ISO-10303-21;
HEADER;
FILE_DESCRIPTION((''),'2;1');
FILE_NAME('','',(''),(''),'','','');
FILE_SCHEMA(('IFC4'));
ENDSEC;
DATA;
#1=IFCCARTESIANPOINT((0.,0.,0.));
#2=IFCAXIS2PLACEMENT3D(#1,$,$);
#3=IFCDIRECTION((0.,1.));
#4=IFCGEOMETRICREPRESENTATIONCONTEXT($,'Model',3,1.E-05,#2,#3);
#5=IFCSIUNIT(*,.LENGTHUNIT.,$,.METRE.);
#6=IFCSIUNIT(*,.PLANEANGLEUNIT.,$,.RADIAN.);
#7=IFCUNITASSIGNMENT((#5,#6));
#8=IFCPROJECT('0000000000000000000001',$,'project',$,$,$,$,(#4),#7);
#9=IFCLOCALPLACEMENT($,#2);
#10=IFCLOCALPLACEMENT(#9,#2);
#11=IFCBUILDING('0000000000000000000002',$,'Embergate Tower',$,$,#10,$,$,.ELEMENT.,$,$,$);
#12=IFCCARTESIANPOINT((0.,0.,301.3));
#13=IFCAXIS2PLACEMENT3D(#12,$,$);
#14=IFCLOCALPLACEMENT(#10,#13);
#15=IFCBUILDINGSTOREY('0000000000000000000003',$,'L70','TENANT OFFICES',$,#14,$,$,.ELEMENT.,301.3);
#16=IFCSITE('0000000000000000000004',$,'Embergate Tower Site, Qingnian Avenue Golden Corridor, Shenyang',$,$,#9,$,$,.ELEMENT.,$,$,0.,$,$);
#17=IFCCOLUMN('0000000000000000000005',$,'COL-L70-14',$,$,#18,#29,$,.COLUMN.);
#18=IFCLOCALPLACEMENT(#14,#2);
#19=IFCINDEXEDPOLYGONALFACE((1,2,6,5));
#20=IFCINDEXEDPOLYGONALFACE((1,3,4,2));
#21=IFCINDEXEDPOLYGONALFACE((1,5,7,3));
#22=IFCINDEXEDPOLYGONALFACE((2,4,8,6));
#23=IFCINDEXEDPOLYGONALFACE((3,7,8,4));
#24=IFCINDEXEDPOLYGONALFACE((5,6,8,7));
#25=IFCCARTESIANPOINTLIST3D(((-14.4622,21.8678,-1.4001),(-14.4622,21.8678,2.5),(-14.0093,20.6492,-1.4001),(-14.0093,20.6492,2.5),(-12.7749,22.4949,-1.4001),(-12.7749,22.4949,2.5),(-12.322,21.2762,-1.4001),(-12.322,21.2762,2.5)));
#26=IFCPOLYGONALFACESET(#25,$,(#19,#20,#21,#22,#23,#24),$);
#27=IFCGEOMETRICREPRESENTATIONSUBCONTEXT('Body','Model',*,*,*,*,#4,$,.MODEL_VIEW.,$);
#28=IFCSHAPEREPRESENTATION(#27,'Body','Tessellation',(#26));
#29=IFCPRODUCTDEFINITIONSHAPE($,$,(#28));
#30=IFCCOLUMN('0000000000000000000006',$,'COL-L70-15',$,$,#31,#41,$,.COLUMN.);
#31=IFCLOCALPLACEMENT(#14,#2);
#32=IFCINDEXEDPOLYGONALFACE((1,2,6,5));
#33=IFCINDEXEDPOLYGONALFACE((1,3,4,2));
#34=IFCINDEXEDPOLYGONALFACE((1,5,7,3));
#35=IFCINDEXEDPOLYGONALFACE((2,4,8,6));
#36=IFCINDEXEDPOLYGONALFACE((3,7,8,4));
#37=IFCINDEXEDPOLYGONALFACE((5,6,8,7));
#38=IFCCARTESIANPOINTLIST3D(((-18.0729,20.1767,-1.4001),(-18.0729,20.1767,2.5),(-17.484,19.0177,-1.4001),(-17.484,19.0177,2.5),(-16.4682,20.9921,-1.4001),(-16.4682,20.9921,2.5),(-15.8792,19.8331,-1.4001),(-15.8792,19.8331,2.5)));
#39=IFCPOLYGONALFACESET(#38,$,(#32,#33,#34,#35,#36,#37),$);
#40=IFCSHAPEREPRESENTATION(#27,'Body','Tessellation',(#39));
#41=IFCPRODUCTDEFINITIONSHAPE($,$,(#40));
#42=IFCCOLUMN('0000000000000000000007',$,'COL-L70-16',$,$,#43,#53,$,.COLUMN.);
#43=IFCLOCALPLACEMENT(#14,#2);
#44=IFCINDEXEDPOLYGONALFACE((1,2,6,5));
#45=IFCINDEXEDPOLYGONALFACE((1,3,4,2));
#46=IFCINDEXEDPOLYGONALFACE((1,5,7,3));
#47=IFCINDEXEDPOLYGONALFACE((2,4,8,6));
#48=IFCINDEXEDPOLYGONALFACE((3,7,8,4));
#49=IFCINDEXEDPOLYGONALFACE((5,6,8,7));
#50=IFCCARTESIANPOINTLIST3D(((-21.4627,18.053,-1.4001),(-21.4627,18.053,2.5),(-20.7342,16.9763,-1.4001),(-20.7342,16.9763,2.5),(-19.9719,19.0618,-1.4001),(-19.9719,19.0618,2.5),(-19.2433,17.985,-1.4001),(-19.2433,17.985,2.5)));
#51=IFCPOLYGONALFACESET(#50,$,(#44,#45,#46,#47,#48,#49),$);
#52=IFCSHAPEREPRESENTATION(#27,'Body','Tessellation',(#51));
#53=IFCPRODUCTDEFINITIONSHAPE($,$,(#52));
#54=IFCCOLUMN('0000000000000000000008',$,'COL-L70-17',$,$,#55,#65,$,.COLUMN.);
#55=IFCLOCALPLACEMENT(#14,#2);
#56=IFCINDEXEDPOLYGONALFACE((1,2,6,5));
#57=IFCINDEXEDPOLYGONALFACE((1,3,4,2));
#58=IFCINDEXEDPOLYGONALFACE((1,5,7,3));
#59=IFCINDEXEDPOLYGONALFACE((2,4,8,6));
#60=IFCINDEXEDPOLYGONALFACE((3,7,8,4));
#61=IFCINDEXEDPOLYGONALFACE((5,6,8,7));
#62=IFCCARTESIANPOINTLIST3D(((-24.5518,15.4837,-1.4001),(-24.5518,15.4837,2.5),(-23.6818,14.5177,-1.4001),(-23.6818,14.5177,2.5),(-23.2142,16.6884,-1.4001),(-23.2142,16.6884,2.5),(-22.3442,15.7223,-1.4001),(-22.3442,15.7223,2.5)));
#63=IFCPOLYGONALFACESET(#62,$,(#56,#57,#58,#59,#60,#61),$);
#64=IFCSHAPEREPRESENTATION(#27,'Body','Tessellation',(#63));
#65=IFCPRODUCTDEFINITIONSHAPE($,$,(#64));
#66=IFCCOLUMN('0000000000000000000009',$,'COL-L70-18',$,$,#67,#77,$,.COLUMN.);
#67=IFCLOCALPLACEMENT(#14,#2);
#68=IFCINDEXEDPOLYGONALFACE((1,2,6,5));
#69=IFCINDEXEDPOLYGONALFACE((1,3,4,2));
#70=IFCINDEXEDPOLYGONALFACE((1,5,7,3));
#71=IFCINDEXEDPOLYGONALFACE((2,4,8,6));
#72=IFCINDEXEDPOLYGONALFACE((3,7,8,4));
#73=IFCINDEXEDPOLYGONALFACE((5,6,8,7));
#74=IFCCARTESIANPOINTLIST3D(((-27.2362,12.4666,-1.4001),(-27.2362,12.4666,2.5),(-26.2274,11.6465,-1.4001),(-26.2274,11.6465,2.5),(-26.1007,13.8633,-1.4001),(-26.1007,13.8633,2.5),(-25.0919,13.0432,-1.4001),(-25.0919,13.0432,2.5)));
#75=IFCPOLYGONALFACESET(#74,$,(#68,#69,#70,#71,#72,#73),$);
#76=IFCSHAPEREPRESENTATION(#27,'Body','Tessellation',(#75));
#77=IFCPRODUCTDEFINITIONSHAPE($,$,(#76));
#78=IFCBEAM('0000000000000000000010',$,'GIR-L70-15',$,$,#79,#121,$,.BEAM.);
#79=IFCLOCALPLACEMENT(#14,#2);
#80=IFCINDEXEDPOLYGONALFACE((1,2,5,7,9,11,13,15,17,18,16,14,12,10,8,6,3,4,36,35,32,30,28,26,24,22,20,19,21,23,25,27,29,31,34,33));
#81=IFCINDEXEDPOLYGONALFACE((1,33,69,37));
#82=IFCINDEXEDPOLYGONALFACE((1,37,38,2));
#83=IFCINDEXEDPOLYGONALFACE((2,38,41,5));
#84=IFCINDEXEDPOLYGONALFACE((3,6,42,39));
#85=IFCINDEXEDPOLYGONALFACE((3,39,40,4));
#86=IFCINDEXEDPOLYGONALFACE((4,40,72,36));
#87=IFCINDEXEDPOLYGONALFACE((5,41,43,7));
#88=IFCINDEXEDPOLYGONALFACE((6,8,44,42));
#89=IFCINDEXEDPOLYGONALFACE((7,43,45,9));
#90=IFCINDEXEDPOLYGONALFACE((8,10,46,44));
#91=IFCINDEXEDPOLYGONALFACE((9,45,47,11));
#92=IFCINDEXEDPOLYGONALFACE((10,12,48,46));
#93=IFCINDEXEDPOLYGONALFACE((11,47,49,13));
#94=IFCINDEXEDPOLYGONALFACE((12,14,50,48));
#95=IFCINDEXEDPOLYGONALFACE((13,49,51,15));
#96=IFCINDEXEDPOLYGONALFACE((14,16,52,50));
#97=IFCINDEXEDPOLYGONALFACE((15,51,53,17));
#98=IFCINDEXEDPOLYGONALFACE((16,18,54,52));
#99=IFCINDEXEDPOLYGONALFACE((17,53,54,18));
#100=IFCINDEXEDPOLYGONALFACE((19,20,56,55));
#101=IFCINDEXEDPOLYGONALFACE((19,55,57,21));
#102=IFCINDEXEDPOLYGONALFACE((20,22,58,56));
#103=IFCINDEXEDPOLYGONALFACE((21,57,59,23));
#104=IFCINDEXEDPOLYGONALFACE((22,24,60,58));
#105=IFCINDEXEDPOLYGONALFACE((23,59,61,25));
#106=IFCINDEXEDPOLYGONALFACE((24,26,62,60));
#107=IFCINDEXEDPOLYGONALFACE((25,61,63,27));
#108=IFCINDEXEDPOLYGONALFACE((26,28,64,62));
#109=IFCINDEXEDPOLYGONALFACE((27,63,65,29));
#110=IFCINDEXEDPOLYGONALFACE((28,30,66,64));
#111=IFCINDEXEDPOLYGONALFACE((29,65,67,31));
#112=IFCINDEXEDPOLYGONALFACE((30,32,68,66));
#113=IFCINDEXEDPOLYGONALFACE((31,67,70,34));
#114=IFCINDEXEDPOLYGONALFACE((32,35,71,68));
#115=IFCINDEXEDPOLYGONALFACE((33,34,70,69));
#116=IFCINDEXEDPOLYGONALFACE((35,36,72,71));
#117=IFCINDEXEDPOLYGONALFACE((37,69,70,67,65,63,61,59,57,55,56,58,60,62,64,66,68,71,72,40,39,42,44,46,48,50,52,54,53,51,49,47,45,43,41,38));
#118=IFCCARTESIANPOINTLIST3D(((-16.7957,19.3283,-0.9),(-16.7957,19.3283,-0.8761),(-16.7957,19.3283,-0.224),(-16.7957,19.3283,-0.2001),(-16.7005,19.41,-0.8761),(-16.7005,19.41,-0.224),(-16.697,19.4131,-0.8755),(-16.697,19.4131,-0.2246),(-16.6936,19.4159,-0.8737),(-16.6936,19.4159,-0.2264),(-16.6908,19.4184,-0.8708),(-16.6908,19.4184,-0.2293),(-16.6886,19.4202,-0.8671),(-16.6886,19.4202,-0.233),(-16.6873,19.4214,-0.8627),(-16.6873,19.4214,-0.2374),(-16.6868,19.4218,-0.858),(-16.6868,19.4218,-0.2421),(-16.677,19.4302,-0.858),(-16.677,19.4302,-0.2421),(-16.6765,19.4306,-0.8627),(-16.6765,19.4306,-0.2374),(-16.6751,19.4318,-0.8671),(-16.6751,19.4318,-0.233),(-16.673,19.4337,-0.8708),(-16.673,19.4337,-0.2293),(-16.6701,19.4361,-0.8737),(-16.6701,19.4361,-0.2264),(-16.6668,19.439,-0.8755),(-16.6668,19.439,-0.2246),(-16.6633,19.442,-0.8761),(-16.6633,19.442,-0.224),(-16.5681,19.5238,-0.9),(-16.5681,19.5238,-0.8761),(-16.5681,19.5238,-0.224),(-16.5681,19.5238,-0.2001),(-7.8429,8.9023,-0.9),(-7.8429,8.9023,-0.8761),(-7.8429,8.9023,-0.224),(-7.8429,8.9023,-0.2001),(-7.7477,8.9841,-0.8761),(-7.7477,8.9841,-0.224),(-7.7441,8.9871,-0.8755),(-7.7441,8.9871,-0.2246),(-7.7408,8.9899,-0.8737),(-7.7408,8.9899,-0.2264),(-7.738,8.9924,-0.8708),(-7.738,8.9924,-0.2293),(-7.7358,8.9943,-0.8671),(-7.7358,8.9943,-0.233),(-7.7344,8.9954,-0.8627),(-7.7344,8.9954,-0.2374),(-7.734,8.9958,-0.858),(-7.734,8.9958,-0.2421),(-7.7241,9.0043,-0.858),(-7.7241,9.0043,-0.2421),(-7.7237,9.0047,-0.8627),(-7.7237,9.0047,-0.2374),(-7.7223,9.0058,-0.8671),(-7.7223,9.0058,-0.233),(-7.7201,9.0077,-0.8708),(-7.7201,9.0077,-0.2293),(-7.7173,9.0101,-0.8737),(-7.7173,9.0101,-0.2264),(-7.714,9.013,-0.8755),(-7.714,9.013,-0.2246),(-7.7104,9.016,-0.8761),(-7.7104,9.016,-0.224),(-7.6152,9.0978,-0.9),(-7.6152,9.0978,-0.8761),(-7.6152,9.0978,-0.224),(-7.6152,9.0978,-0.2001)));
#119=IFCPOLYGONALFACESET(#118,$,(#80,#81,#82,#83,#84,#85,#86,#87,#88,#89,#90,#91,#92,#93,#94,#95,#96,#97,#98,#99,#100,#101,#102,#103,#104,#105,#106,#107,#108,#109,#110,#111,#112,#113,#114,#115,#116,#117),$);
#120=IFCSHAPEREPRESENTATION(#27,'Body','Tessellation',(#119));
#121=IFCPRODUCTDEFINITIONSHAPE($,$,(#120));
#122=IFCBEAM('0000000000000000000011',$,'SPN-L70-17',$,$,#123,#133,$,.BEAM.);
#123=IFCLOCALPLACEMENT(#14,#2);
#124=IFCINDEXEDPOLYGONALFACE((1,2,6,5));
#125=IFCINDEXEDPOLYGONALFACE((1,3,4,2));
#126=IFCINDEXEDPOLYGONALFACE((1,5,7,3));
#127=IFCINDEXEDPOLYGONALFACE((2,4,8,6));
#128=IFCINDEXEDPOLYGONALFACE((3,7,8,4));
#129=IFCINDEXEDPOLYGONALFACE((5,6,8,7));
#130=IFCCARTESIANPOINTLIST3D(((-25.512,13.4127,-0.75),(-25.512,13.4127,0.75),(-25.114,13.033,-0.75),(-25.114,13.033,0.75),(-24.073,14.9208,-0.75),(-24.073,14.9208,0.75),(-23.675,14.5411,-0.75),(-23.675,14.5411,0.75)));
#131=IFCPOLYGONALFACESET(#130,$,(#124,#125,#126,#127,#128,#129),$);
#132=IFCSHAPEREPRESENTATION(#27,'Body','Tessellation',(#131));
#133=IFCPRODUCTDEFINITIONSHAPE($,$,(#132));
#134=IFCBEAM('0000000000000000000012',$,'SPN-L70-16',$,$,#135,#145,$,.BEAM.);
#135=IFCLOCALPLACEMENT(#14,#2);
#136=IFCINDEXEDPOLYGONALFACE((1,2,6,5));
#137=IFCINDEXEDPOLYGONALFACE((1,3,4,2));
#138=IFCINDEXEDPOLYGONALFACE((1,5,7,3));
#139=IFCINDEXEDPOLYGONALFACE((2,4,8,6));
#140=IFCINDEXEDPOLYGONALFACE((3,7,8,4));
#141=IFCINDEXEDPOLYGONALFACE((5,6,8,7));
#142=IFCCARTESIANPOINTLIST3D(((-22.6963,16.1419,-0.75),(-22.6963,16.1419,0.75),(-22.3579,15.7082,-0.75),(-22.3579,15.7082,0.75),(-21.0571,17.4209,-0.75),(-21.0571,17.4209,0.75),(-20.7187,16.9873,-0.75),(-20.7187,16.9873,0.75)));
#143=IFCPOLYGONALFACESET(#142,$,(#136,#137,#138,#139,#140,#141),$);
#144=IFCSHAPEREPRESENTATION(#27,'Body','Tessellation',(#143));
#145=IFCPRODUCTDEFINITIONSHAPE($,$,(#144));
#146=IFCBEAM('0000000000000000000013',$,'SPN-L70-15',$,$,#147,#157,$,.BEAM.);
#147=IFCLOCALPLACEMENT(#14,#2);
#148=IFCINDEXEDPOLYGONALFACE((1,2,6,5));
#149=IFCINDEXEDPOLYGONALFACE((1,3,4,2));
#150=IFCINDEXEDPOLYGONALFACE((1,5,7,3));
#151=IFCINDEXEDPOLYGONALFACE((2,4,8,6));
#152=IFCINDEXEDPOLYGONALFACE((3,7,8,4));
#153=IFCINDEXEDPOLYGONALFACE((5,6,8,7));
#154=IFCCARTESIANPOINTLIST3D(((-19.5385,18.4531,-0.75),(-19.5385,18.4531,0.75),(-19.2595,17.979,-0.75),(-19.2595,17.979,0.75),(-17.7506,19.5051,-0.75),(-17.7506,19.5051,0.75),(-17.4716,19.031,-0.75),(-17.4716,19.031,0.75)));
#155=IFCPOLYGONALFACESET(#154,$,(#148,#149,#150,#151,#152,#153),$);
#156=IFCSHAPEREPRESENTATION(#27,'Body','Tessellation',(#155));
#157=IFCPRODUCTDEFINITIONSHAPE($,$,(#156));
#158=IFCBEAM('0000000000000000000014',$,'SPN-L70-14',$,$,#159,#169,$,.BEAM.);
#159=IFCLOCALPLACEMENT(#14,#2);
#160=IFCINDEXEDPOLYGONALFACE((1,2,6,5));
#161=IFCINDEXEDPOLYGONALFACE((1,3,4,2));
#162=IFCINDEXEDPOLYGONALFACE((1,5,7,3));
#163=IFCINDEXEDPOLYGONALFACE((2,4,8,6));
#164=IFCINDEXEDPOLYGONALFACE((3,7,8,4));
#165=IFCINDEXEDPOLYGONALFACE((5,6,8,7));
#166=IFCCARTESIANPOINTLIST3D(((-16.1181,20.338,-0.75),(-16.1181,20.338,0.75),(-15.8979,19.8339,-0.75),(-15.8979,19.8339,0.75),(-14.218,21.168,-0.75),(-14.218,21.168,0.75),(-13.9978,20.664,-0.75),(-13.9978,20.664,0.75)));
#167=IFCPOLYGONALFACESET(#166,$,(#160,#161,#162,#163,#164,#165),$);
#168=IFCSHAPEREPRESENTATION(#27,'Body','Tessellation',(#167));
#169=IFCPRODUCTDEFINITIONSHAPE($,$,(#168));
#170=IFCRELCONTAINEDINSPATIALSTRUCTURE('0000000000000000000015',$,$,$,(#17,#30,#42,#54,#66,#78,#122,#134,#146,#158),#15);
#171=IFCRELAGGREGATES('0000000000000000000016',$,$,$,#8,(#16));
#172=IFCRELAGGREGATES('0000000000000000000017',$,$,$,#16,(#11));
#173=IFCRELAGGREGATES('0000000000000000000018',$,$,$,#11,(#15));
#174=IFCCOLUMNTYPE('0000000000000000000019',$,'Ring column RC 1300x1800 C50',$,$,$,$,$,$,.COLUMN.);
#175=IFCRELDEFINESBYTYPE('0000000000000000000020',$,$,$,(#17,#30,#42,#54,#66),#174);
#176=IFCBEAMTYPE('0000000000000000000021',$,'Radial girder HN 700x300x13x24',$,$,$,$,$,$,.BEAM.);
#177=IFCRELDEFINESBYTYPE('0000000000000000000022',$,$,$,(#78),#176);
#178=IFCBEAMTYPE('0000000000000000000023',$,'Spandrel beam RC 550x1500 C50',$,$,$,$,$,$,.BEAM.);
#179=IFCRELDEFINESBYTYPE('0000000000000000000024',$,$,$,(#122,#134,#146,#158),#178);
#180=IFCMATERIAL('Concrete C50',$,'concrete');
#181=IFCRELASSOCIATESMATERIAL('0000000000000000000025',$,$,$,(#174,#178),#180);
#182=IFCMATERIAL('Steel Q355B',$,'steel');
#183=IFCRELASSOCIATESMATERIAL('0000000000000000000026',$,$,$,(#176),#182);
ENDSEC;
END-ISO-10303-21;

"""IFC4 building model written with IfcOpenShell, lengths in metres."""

from ifc_helpers import new_model, si_unit, direction, frame, origin, origin_2d, place, context, subcontext, project, spatial, rectangle, i_section, extrude, source, transform, mapped, material, material_profile, profile_set, type_object, element, save


model = new_model("IFC4")

# Units and contexts
model_context = context("Model", 3, precision=1e-05, world=origin(), true_north=direction((0.0, 1.0)))
body_context = subcontext(model_context, "Body", "Model", "MODEL_VIEW")
ifc_project = project(units=[si_unit("LENGTHUNIT", "METRE"), si_unit("PLANEANGLEUNIT", "RADIAN")], contexts=[model_context])

# Site, building, storey
site_placement = place(None, origin())
site = spatial("IfcSite", under=ifc_project, at=site_placement, Name="Embergate Tower Site, Qingnian Avenue Golden Corridor, Shenyang", CompositionType="ELEMENT", RefElevation=0.0)
building_placement = place(site_placement, origin())
building = spatial("IfcBuilding", under=site, at=building_placement, Name="Embergate Tower", CompositionType="ELEMENT")
storey_placement = place(building_placement, frame((0.0, 0.0, 301.3)))
storey = spatial("IfcBuildingStorey", under=building, at=storey_placement, Name="L70", Description="TENANT OFFICES", CompositionType="ELEMENT", Elevation=301.3)

# Columns
ifc_material_1 = material(Name="Concrete C50", Category="concrete")
ifc_material_profile_1 = material_profile(ifc_material_1, rectangle(XDim=1.3, YDim=1.8, at=origin_2d()), Name="RC 1300x1800")
ifc_profile_set_1 = profile_set([ifc_material_profile_1], Name="Concrete C50")
column_type = type_object("IfcColumnType", Name="Ring column RC 1300x1800 C50", PredefinedType="COLUMN", material=ifc_profile_set_1)
shared_shape_1 = source(origin(), body_context, "Body", "SweptSolid", [
    extrude(rectangle(XDim=1.3, YDim=1.8, at=origin_2d()), origin(), (0.0, 0.0, 1.0), 3.9001),
])
for number, where, z_axis, x_axis, name in (
    (1, (-13.3921, 21.572, -1.4001), (0.0, 0.0, 1.0), (-0.348343, 0.937367, 0.0), "COL-L70-14"),
    (2, (-16.9761, 20.0049, -1.4001), (0.0, 0.0, 1.0), (-0.453011, 0.891505, 0.0), "COL-L70-15"),
    (3, (-20.353, 18.019, -1.4001), (0.0, 0.0, 1.0), (-0.560393, 0.828227, 0.0), "COL-L70-16"),
    (4, (-23.448, 15.603, -1.4001), (0.0, 0.0, 1.0), (-0.669221, 0.743063, 0.0), "COL-L70-17"),
    (5, (-26.1641, 12.7549, -1.4001), (0.0, 0.0, 1.0), (-0.775925, 0.630825, 0.0), "COL-L70-18"),
):
    element("IfcColumn", number, at=place(storey_placement, frame(where, z_axis=z_axis, x_axis=x_axis)), inside=storey, type_object=column_type, Name=name, PredefinedType="COLUMN", context=body_context, shape_type="MappedRepresentation", body=[
        mapped(shared_shape_1, transform((0.0, 0.0, 0.0))),
    ])

# Beams
ifc_material_2 = material(Name="Steel Q355B", Category="steel")
ifc_material_profile_2 = material_profile(ifc_material_2, i_section(OverallWidth=0.3, OverallDepth=0.7, WebThickness=0.0129, FlangeThickness=0.0239, FilletRadius=0.0181, at=origin_2d()), Name="HN 700x300x13x24")
ifc_profile_set_2 = profile_set([ifc_material_profile_2], Name="Steel Q355 grade B")
beam_type_1 = type_object("IfcBeamType", Name="Radial girder HN 700x300x13x24", PredefinedType="BEAM", material=ifc_profile_set_2)
shared_shape_2 = source(origin(), body_context, "Body", "SweptSolid", [
    extrude(i_section(OverallWidth=0.3, OverallDepth=0.7, WebThickness=0.0129, FlangeThickness=0.0239, FilletRadius=0.0181, at=origin_2d()), origin(), (0.0, 0.0, 1.0), 13.7424),
])
beam_1_placement = place(storey_placement, frame((-16.6819, 19.426, -0.55), z_axis=(0.651474, -0.758671, 0.0), x_axis=(0.758671, 0.651474, 0.0)))
element("IfcBeam", 6, at=beam_1_placement, inside=storey, type_object=beam_type_1, Name="GIR-L70-15", PredefinedType="BEAM", context=body_context, shape_type="MappedRepresentation", body=[
    mapped(shared_shape_2, transform((0.0, 0.0, 0.0))),
])
ifc_material_profile_3 = material_profile(ifc_material_1, rectangle(XDim=0.55, YDim=1.5, at=origin_2d()), Name="RC 550x1500")
ifc_profile_set_3 = profile_set([ifc_material_profile_3], Name="Concrete C50")
beam_type_2 = type_object("IfcBeamType", Name="Spandrel beam RC 550x1500 C50", PredefinedType="BEAM", material=ifc_profile_set_3)
shared_shape_3 = source(origin(), body_context, "Body", "SweptSolid", [
    extrude(rectangle(XDim=0.55, YDim=1.5, at=origin_2d()), origin(), (0.0, 0.0, 1.0), 2.0845),
])
beam_2_placement = place(storey_placement, frame((-23.874, 14.731, 0.0), z_axis=(-0.690339, -0.723486, 0.0), x_axis=(0.723486, -0.690339, 0.0)))
element("IfcBeam", 7, at=beam_2_placement, inside=storey, type_object=beam_type_2, Name="SPN-L70-17", PredefinedType="BEAM", context=body_context, shape_type="MappedRepresentation", body=[
    mapped(shared_shape_3, transform((0.0, 0.0, 0.0))),
])
shared_shape_4 = source(origin(), body_context, "Body", "SweptSolid", [
    extrude(rectangle(XDim=0.55, YDim=1.5, at=origin_2d()), origin(), (0.0, 0.0, 1.0), 2.0791),
])
beam_3_placement = place(storey_placement, frame((-20.8879, 17.2041, 0.0), z_axis=(-0.788384, -0.615184, 0.0), x_axis=(0.615184, -0.788384, 0.0)))
element("IfcBeam", 8, at=beam_3_placement, inside=storey, type_object=beam_type_2, Name="SPN-L70-16", PredefinedType="BEAM", context=body_context, shape_type="MappedRepresentation", body=[
    mapped(shared_shape_4, transform((0.0, 0.0, 0.0))),
])
shared_shape_5 = source(origin(), body_context, "Body", "SweptSolid", [
    extrude(rectangle(XDim=0.55, YDim=1.5, at=origin_2d()), origin(), (0.0, 0.0, 1.0), 2.0745),
])
beam_4_placement = place(storey_placement, frame((-17.6111, 19.2681, 0.0), z_axis=(-0.861865, -0.507138, 0.0), x_axis=(0.507138, -0.861865, 0.0)))
element("IfcBeam", 9, at=beam_4_placement, inside=storey, type_object=beam_type_2, Name="SPN-L70-15", PredefinedType="BEAM", context=body_context, shape_type="MappedRepresentation", body=[
    mapped(shared_shape_5, transform((0.0, 0.0, 0.0))),
])
shared_shape_6 = source(origin(), body_context, "Body", "SweptSolid", [
    extrude(rectangle(XDim=0.55, YDim=1.5, at=origin_2d()), origin(), (0.0, 0.0, 1.0), 2.0735),
])
beam_5_placement = place(storey_placement, frame((-14.1079, 20.916, 0.0), z_axis=(-0.916376, -0.400318, 0.0), x_axis=(0.400318, -0.916376, 0.0)))
element("IfcBeam", 10, at=beam_5_placement, inside=storey, type_object=beam_type_2, Name="SPN-L70-14", PredefinedType="BEAM", context=body_context, shape_type="MappedRepresentation", body=[
    mapped(shared_shape_6, transform((0.0, 0.0, 0.0))),
])

save(model, "model.ifc")
